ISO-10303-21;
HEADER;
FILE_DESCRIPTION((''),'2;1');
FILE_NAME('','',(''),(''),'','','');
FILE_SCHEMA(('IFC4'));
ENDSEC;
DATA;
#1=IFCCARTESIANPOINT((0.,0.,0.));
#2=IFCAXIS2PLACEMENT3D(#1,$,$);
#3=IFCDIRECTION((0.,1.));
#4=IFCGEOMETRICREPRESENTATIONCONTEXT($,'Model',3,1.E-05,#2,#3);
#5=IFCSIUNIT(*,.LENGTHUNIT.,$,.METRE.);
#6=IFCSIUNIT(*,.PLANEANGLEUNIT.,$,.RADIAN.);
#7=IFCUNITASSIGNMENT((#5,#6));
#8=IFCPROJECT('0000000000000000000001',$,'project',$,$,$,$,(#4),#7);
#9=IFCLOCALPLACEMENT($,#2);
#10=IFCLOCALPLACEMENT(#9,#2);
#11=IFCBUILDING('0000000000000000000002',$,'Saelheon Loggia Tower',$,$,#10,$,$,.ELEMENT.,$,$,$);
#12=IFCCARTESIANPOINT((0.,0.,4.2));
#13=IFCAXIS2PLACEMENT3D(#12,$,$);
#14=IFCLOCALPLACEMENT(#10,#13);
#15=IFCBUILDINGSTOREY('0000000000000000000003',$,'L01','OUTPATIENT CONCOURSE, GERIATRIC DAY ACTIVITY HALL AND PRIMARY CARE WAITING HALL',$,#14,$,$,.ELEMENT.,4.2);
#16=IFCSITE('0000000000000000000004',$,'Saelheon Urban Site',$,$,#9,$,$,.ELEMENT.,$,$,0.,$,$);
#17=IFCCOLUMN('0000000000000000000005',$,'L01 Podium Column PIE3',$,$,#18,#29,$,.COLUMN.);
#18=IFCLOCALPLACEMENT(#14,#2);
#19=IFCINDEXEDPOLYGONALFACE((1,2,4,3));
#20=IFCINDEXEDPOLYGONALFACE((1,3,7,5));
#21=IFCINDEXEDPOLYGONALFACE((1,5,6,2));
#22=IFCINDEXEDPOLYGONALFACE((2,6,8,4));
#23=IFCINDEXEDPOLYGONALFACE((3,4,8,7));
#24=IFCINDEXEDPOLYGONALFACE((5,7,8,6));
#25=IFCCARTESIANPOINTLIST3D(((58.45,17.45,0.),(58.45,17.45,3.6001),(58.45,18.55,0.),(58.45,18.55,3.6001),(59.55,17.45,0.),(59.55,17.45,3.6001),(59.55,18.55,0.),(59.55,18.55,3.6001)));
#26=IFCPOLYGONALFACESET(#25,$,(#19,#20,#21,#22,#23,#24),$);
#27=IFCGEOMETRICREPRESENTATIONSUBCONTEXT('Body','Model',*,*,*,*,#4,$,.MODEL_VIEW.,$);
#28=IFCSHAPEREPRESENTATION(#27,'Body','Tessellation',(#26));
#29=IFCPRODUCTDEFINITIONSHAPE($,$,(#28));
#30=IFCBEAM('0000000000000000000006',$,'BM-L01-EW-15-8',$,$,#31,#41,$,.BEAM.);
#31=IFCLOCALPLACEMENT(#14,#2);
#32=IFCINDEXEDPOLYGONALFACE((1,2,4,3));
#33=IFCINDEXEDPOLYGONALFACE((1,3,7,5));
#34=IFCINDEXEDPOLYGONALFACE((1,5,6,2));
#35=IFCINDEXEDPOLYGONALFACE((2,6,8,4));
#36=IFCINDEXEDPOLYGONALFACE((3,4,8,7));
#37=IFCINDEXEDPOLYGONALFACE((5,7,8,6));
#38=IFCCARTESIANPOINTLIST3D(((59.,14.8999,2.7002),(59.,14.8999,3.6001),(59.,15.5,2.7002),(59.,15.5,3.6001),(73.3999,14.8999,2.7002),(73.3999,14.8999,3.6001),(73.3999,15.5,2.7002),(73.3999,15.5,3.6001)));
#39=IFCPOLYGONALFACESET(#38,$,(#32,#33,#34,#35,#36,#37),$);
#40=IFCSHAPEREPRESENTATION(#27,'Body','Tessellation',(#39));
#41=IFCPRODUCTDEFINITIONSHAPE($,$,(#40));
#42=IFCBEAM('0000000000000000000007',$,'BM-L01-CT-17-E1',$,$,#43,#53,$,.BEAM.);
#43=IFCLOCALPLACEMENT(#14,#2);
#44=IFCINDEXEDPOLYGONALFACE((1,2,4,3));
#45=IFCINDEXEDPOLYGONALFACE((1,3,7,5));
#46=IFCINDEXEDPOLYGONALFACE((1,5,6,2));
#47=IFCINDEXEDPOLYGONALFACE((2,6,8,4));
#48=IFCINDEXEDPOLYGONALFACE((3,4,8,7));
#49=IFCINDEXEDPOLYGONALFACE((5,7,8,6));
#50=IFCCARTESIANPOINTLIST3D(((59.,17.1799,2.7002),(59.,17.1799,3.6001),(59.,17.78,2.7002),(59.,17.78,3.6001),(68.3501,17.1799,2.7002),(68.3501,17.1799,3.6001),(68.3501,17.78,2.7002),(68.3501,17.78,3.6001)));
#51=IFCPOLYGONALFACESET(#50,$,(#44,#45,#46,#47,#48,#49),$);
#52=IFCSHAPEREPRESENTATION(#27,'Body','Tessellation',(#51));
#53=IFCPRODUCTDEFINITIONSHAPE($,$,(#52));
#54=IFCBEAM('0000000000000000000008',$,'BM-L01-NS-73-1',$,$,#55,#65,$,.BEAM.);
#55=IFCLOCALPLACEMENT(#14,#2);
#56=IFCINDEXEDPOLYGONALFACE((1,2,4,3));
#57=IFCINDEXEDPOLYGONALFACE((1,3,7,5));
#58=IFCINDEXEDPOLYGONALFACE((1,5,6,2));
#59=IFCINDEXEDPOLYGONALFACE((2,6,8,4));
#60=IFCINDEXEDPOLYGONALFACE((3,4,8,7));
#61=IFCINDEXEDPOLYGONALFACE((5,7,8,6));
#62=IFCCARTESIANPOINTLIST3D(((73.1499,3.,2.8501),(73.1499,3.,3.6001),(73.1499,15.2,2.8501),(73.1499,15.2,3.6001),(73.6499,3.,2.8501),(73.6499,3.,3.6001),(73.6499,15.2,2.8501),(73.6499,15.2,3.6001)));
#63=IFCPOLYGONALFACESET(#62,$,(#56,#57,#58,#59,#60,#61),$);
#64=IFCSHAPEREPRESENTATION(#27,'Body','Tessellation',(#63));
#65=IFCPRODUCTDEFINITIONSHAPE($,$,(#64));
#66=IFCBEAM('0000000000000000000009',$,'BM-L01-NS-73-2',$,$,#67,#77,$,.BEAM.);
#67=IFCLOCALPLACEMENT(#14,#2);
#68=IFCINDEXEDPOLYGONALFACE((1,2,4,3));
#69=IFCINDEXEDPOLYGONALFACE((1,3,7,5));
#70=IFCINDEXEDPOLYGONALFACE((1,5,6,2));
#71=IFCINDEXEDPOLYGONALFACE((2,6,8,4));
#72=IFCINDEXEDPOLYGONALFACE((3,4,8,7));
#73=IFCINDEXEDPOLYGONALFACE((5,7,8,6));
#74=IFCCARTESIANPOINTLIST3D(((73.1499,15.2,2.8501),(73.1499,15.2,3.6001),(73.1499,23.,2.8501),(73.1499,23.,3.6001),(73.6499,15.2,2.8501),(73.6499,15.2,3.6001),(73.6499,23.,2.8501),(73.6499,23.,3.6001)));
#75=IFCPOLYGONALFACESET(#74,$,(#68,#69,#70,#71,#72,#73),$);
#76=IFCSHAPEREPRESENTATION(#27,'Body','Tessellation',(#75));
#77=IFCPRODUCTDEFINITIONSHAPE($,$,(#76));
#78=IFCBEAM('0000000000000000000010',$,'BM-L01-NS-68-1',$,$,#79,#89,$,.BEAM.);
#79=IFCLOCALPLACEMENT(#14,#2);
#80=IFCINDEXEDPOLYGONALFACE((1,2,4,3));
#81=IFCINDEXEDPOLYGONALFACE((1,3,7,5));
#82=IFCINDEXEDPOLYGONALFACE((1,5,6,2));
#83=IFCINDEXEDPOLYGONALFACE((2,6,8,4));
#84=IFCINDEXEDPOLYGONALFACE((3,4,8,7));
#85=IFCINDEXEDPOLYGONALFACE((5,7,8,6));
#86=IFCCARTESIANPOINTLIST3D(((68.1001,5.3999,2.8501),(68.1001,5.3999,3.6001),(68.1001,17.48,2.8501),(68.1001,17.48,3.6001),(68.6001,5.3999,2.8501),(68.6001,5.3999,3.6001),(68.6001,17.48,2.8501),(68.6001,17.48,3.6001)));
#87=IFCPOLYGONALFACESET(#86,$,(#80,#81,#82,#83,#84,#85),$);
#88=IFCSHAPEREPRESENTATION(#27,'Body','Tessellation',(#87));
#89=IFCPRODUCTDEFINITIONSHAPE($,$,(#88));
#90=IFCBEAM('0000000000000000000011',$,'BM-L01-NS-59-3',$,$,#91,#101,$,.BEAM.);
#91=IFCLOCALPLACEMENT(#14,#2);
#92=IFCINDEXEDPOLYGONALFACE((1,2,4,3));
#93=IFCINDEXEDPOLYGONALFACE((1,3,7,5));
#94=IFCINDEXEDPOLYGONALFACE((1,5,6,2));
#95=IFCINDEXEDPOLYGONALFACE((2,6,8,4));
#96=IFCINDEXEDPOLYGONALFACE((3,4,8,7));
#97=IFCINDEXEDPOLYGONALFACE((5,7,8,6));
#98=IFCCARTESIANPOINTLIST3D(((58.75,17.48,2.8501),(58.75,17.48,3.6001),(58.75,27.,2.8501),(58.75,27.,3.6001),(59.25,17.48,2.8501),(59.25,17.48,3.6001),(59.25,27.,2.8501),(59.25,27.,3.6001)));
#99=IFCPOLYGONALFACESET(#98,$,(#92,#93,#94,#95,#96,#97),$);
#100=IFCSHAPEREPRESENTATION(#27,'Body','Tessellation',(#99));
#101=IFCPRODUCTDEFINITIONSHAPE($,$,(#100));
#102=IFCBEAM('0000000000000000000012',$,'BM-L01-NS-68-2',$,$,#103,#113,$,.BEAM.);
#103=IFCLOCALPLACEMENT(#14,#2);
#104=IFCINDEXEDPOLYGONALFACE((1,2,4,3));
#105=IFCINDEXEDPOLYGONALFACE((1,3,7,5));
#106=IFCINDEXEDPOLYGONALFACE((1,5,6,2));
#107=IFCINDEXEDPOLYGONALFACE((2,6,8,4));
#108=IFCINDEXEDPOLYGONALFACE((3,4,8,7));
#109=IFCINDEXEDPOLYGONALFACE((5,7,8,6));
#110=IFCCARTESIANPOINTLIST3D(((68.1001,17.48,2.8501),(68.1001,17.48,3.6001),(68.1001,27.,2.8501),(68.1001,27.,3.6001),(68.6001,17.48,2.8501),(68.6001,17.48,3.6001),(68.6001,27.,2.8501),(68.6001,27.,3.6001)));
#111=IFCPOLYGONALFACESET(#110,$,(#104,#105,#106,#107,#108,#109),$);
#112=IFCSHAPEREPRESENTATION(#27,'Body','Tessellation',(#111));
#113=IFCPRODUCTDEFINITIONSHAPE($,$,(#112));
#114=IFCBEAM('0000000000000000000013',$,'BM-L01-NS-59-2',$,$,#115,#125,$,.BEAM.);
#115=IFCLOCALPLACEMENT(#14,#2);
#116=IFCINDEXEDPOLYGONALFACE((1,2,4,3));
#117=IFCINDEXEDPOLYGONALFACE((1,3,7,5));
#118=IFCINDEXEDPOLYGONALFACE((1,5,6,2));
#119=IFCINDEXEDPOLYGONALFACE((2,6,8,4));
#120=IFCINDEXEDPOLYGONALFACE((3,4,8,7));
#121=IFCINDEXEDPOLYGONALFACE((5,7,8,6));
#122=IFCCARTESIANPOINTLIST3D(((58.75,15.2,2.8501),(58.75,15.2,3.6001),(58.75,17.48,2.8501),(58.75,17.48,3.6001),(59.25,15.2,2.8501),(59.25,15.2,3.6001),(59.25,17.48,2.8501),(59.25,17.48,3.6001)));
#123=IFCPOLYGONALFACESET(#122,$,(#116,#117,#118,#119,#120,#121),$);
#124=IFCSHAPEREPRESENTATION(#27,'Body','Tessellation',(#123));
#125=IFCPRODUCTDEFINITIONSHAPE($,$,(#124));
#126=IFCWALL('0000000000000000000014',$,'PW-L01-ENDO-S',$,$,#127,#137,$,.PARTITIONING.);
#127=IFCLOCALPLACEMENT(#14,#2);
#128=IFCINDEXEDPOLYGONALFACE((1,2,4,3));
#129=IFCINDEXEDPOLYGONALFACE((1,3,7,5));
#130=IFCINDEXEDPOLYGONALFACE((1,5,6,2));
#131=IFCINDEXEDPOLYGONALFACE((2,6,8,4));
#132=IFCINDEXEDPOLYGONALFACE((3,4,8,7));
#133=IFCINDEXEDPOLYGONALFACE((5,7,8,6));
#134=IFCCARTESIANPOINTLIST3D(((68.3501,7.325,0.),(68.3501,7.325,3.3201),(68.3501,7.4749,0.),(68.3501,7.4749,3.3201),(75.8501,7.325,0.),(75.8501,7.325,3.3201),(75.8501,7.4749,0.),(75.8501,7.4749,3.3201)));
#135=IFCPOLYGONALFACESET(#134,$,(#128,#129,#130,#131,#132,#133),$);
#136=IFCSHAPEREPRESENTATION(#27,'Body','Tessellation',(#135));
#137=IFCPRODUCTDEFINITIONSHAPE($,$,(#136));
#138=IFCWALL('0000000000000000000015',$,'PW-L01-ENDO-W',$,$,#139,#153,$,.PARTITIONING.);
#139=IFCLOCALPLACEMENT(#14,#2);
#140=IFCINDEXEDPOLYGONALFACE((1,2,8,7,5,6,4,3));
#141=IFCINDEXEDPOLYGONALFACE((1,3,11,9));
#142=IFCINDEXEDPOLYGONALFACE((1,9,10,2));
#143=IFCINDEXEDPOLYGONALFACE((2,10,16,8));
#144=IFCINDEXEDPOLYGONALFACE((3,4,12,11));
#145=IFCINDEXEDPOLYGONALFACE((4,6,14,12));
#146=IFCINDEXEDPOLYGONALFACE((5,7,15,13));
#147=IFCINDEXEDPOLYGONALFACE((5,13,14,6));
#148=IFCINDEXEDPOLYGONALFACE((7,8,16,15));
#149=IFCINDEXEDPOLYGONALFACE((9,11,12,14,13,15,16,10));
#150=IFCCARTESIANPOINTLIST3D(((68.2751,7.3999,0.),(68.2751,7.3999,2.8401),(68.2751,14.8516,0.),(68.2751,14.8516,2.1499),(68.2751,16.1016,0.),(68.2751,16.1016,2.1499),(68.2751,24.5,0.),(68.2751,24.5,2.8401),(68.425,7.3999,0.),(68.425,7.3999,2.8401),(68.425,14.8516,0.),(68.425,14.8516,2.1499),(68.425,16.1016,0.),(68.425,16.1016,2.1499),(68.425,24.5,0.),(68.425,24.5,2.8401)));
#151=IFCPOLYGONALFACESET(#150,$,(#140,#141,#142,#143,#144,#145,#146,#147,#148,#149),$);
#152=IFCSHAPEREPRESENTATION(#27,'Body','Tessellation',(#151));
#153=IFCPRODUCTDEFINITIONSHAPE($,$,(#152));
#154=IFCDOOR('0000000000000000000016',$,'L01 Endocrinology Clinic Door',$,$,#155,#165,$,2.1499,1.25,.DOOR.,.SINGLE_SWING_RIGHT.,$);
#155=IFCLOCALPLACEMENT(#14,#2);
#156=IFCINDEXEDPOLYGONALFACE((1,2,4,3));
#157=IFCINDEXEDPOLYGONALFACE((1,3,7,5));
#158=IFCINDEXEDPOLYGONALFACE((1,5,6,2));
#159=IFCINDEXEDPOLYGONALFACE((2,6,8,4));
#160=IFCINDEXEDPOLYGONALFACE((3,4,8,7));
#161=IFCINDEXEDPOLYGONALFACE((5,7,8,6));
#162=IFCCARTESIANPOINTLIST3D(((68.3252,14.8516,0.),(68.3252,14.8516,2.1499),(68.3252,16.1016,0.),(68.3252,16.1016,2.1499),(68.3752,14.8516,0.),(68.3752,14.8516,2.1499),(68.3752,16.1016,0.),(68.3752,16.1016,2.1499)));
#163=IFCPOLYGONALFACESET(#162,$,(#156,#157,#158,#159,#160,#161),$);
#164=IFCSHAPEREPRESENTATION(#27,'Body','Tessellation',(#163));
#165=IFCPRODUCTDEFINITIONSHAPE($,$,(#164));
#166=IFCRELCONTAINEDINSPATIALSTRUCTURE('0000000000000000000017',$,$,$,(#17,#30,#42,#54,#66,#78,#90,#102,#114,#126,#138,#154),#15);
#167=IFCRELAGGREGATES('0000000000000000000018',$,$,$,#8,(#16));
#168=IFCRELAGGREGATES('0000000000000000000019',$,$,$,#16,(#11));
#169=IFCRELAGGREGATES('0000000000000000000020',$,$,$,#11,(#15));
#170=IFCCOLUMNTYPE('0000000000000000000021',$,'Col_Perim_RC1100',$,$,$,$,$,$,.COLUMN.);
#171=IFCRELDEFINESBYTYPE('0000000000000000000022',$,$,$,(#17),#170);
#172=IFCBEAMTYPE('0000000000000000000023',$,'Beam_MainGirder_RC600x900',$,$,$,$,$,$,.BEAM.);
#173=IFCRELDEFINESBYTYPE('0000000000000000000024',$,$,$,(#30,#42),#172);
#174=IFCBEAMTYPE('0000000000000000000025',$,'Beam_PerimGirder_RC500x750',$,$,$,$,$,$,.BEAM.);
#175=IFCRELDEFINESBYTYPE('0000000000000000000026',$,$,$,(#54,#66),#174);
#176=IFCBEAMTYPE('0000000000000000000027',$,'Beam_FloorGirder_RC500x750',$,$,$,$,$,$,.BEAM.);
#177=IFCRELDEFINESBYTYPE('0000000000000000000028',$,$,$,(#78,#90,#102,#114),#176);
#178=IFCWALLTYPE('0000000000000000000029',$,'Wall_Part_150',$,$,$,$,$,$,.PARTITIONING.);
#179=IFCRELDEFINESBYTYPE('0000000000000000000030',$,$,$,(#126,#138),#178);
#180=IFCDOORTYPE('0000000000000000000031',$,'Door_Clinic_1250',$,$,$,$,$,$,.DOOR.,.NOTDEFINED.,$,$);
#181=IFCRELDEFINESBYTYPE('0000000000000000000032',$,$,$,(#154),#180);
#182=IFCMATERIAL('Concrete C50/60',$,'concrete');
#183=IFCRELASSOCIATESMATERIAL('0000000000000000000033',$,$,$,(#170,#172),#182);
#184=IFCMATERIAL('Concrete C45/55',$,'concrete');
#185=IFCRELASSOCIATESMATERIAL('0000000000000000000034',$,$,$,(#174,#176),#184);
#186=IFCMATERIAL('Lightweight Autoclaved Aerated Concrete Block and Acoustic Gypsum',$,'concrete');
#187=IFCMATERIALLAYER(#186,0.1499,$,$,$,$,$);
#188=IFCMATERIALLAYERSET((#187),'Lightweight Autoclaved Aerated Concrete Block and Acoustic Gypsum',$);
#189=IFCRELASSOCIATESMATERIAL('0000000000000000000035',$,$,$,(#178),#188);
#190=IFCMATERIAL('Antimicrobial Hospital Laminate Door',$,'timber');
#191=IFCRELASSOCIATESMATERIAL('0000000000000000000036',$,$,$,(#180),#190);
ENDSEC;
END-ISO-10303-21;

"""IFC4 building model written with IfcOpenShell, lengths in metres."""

from ifc_helpers import new_model, si_unit, direction, frame, frame_2d, origin, origin_2d, place, context, subcontext, project, spatial, rectangle, extrude, source, transform, mapped, material, layer, layer_set, material_profile, profile_set, type_object, element, fill, save


model = new_model("IFC4")

# Units and contexts
model_context = context("Model", 3, precision=1e-05, world=origin(), true_north=direction((0.0, 1.0)))
body_context = subcontext(model_context, "Body", "Model", "MODEL_VIEW")
ifc_project = project(units=[si_unit("LENGTHUNIT", "METRE"), si_unit("PLANEANGLEUNIT", "RADIAN")], contexts=[model_context])

# Site, building, storey
site_placement = place(None, origin())
site = spatial("IfcSite", under=ifc_project, at=site_placement, Name="Saelheon Urban Site", CompositionType="ELEMENT", RefElevation=0.0)
building_placement = place(site_placement, origin())
building = spatial("IfcBuilding", under=site, at=building_placement, Name="Saelheon Loggia Tower", CompositionType="ELEMENT")
storey_placement = place(building_placement, frame((0.0, 0.0, 4.2)))
storey = spatial("IfcBuildingStorey", under=building, at=storey_placement, Name="L01", Description="OUTPATIENT CONCOURSE, GERIATRIC DAY ACTIVITY HALL AND PRIMARY CARE WAITING HALL", CompositionType="ELEMENT", Elevation=4.2)

# Column
ifc_material_1 = material(Name="Concrete C50/60", Category="concrete")
ifc_material_2 = material(Name="Concrete C45/55", Category="concrete")
ifc_material_profile_1 = material_profile(ifc_material_1, rectangle(XDim=1.1001, YDim=1.1001, at=origin_2d()), Name="RC-1100x1100")
ifc_profile_set_1 = profile_set([ifc_material_profile_1], Name="Concrete C50/60")
column_type_1 = type_object("IfcColumnType", Name="Col_Perim_RC1100", PredefinedType="COLUMN", material=ifc_profile_set_1)
shared_shape_1 = source(origin(), body_context, "Body", "SweptSolid", [
    extrude(rectangle(XDim=1.1001, YDim=1.1001, at=origin_2d()), origin(), (0.0, 0.0, 1.0), 3.6001),
])
for number, where, z_axis, x_axis, name in (
    (1, (59.0, 18.0, 0.0), (0.0, 0.0, 1.0), (1.0, 0.0, 0.0), "L01 Podium Column PIE3"),
):
    element("IfcColumn", number, at=place(storey_placement, frame(where, z_axis=z_axis, x_axis=x_axis)), inside=storey, type_object=column_type_1, Name=name, PredefinedType="COLUMN", context=body_context, shape_type="MappedRepresentation", body=[
        mapped(shared_shape_1, transform((0.0, 0.0, 0.0), scale=1.0)),
    ])

# Beams
ifc_material_profile_2 = material_profile(ifc_material_1, rectangle(XDim=0.6001, YDim=0.8999, at=origin_2d()), Name="RC-600x900")
ifc_profile_set_2 = profile_set([ifc_material_profile_2], Name="Concrete C50/60")
beam_type_1 = type_object("IfcBeamType", Name="Beam_MainGirder_RC600x900", PredefinedType="BEAM", material=ifc_profile_set_2)
shared_shape_2 = source(origin(), body_context, "Body", "SweptSolid", [
    extrude(rectangle(XDim=0.6001, YDim=0.8999, at=origin_2d()), origin(), (0.0, 0.0, 1.0), 14.3999),
])
beam_1_placement = place(storey_placement, frame((59.0, 15.2, 3.1501), z_axis=(1.0, 0.0, 0.0), x_axis=(0.0, 1.0, 0.0)))
element("IfcBeam", 2, at=beam_1_placement, inside=storey, type_object=beam_type_1, Name="BM-L01-EW-15-8", PredefinedType="BEAM", context=body_context, shape_type="MappedRepresentation", body=[
    mapped(shared_shape_2, transform((0.0, 0.0, 0.0), scale=1.0)),
])
shared_shape_3 = source(origin(), body_context, "Body", "SweptSolid", [
    extrude(rectangle(XDim=0.6001, YDim=0.8999, at=origin_2d()), origin(), (0.0, 0.0, 1.0), 9.3501),
])
beam_2_placement = place(storey_placement, frame((59.0, 17.48, 3.1501), z_axis=(1.0, 0.0, 0.0), x_axis=(0.0, 1.0, 0.0)))
element("IfcBeam", 3, at=beam_2_placement, inside=storey, type_object=beam_type_1, Name="BM-L01-CT-17-E1", PredefinedType="BEAM", context=body_context, shape_type="MappedRepresentation", body=[
    mapped(shared_shape_3, transform((0.0, 0.0, 0.0), scale=1.0)),
])
ifc_material_profile_3 = material_profile(ifc_material_2, rectangle(XDim=0.5, YDim=0.75, at=origin_2d()), Name="RC-500x750")
ifc_profile_set_3 = profile_set([ifc_material_profile_3], Name="Concrete C45/55")
beam_type_2 = type_object("IfcBeamType", Name="Beam_PerimGirder_RC500x750", PredefinedType="BEAM", material=ifc_profile_set_3)
shared_shape_4 = source(origin(), body_context, "Body", "SweptSolid", [
    extrude(rectangle(XDim=0.5, YDim=0.75, at=origin_2d()), origin(), (0.0, 0.0, 1.0), 12.2),
])
beam_3_placement = place(storey_placement, frame((73.3999, 3.0, 3.2251), z_axis=(0.0, 1.0, 0.0), x_axis=(-1.0, 0.0, 0.0)))
element("IfcBeam", 4, at=beam_3_placement, inside=storey, type_object=beam_type_2, Name="BM-L01-NS-73-1", PredefinedType="BEAM", context=body_context, shape_type="MappedRepresentation", body=[
    mapped(shared_shape_4, transform((0.0, 0.0, 0.0), scale=1.0)),
])
shared_shape_5 = source(origin(), body_context, "Body", "SweptSolid", [
    extrude(rectangle(XDim=0.5, YDim=0.75, at=origin_2d()), origin(), (0.0, 0.0, 1.0), 7.8),
])
beam_4_placement = place(storey_placement, frame((73.3999, 15.2, 3.2251), z_axis=(0.0, 1.0, 0.0), x_axis=(-1.0, 0.0, 0.0)))
element("IfcBeam", 5, at=beam_4_placement, inside=storey, type_object=beam_type_2, Name="BM-L01-NS-73-2", PredefinedType="BEAM", context=body_context, shape_type="MappedRepresentation", body=[
    mapped(shared_shape_5, transform((0.0, 0.0, 0.0), scale=1.0)),
])
ifc_material_profile_4 = material_profile(ifc_material_2, rectangle(XDim=0.5, YDim=0.75, at=origin_2d()), Name="RC-500x750")
ifc_profile_set_4 = profile_set([ifc_material_profile_4], Name="Concrete C45/55")
beam_type_3 = type_object("IfcBeamType", Name="Beam_FloorGirder_RC500x750", PredefinedType="BEAM", material=ifc_profile_set_4)
shared_shape_6 = source(origin(), body_context, "Body", "SweptSolid", [
    extrude(rectangle(XDim=0.5, YDim=0.75, at=origin_2d()), origin(), (0.0, 0.0, 1.0), 12.0801),
])
beam_5_placement = place(storey_placement, frame((68.3501, 5.3999, 3.2251), z_axis=(0.0, 1.0, 0.0), x_axis=(-1.0, 0.0, 0.0)))
element("IfcBeam", 6, at=beam_5_placement, inside=storey, type_object=beam_type_3, Name="BM-L01-NS-68-1", PredefinedType="BEAM", context=body_context, shape_type="MappedRepresentation", body=[
    mapped(shared_shape_6, transform((0.0, 0.0, 0.0), scale=1.0)),
])
shared_shape_7 = source(origin(), body_context, "Body", "SweptSolid", [
    extrude(rectangle(XDim=0.5, YDim=0.75, at=origin_2d()), origin(), (0.0, 0.0, 1.0), 9.52),
])
for number, where, z_axis, x_axis, name in (
    (7, (59.0, 17.48, 3.2251), (0.0, 1.0, 0.0), (-1.0, 0.0, 0.0), "BM-L01-NS-59-3"),
    (8, (68.3501, 17.48, 3.2251), (0.0, 1.0, 0.0), (-1.0, 0.0, 0.0), "BM-L01-NS-68-2"),
):
    element("IfcBeam", number, at=place(storey_placement, frame(where, z_axis=z_axis, x_axis=x_axis)), inside=storey, type_object=beam_type_3, Name=name, PredefinedType="BEAM", context=body_context, shape_type="MappedRepresentation", body=[
        mapped(shared_shape_7, transform((0.0, 0.0, 0.0), scale=1.0)),
    ])
shared_shape_8 = source(origin(), body_context, "Body", "SweptSolid", [
    extrude(rectangle(XDim=0.5, YDim=0.75, at=origin_2d()), origin(), (0.0, 0.0, 1.0), 2.28),
])
beam_6_placement = place(storey_placement, frame((59.0, 15.2, 3.2251), z_axis=(0.0, 1.0, 0.0), x_axis=(-1.0, 0.0, 0.0)))
element("IfcBeam", 9, at=beam_6_placement, inside=storey, type_object=beam_type_3, Name="BM-L01-NS-59-2", PredefinedType="BEAM", context=body_context, shape_type="MappedRepresentation", body=[
    mapped(shared_shape_8, transform((0.0, 0.0, 0.0), scale=1.0)),
])

# Wall
ifc_material_3 = material(Name="Lightweight Autoclaved Aerated Concrete Block and Acoustic Gypsum", Category="concrete")
ifc_layer_1 = layer(ifc_material_3, 0.1499)
ifc_layer_set_1 = layer_set([ifc_layer_1], Name="Lightweight Autoclaved Aerated Concrete Block and Acoustic Gypsum")
wall_type_1 = type_object("IfcWallType", Name="Wall_Part_150", PredefinedType="PARTITIONING", material=ifc_layer_set_1)
wall_1_placement = place(storey_placement, frame((68.3501, 7.3999, 0.0), z_axis=(0.0, 0.0, 1.0), x_axis=(1.0, 0.0, 0.0)))
element("IfcWall", 10, at=wall_1_placement, inside=storey, type_object=wall_type_1, Name="PW-L01-ENDO-S", PredefinedType="PARTITIONING", context=body_context, shape_type="SweptSolid", body=[
    extrude(rectangle(XDim=7.5, YDim=0.1499, at=frame_2d((3.75, 0.0))), origin(), (0.0, 0.0, 1.0), 3.3201),
])

# Wall, opening, door
wall_2_placement = place(storey_placement, frame((68.3501, 7.3999, 0.0), z_axis=(0.0, 0.0, 1.0), x_axis=(0.0, 1.0, 0.0)))
wall_2 = element("IfcWall", 11, at=wall_2_placement, inside=storey, type_object=wall_type_1, Name="PW-L01-ENDO-W", PredefinedType="PARTITIONING", context=body_context, shape_type="SweptSolid", body=[
    extrude(rectangle(XDim=17.1001, YDim=0.1499, at=frame_2d((8.55, 0.0))), origin(), (0.0, 0.0, 1.0), 2.8401),
])
opening_1_placement = place(wall_2_placement, frame((7.4517, 0.0, 0.0)))
opening_1 = element("IfcOpeningElement", 12, at=opening_1_placement, cuts=wall_2, PredefinedType="OPENING", context=body_context, shape_type="SweptSolid", body=[
    extrude(rectangle(XDim=1.25, YDim=2.1499, at=frame_2d((0.625, 1.075))), frame((0.0, 0.0869, 0.0), z_axis=(0.0, -1.0, 0.0), x_axis=(1.0, 0.0, 0.0)), (0.0, 0.0, 1.0), 0.1738),
])
ifc_material_4 = material(Name="Antimicrobial Hospital Laminate Door", Category="timber")
door_type_1 = type_object("IfcDoorType", Name="Door_Clinic_1250", OperationType="NOTDEFINED", PredefinedType="DOOR", material=ifc_material_4)
shared_shape_9 = source(origin(), body_context, "Body", "SweptSolid", [
    extrude(rectangle(XDim=1.25, YDim=2.1499, at=frame_2d((0.625, 1.075))), frame((0.0, 0.0249, 0.0), z_axis=(0.0, -1.0, 0.0), x_axis=(1.0, 0.0, 0.0)), (0.0, 0.0, 1.0), 0.05),
])
door_1_placement = place(opening_1_placement, origin())
door_1 = element("IfcDoor", 13, at=door_1_placement, inside=storey, type_object=door_type_1, Name="L01 Endocrinology Clinic Door", OperationType="SINGLE_SWING_RIGHT", OverallHeight=2.1499, OverallWidth=1.25, PredefinedType="DOOR", context=body_context, shape_type="MappedRepresentation", body=[
    mapped(shared_shape_9, transform((0.0, 0.0, 0.0), scale=1.0)),
])
fill(opening_1, door_1)

save(model, "model.ifc")
